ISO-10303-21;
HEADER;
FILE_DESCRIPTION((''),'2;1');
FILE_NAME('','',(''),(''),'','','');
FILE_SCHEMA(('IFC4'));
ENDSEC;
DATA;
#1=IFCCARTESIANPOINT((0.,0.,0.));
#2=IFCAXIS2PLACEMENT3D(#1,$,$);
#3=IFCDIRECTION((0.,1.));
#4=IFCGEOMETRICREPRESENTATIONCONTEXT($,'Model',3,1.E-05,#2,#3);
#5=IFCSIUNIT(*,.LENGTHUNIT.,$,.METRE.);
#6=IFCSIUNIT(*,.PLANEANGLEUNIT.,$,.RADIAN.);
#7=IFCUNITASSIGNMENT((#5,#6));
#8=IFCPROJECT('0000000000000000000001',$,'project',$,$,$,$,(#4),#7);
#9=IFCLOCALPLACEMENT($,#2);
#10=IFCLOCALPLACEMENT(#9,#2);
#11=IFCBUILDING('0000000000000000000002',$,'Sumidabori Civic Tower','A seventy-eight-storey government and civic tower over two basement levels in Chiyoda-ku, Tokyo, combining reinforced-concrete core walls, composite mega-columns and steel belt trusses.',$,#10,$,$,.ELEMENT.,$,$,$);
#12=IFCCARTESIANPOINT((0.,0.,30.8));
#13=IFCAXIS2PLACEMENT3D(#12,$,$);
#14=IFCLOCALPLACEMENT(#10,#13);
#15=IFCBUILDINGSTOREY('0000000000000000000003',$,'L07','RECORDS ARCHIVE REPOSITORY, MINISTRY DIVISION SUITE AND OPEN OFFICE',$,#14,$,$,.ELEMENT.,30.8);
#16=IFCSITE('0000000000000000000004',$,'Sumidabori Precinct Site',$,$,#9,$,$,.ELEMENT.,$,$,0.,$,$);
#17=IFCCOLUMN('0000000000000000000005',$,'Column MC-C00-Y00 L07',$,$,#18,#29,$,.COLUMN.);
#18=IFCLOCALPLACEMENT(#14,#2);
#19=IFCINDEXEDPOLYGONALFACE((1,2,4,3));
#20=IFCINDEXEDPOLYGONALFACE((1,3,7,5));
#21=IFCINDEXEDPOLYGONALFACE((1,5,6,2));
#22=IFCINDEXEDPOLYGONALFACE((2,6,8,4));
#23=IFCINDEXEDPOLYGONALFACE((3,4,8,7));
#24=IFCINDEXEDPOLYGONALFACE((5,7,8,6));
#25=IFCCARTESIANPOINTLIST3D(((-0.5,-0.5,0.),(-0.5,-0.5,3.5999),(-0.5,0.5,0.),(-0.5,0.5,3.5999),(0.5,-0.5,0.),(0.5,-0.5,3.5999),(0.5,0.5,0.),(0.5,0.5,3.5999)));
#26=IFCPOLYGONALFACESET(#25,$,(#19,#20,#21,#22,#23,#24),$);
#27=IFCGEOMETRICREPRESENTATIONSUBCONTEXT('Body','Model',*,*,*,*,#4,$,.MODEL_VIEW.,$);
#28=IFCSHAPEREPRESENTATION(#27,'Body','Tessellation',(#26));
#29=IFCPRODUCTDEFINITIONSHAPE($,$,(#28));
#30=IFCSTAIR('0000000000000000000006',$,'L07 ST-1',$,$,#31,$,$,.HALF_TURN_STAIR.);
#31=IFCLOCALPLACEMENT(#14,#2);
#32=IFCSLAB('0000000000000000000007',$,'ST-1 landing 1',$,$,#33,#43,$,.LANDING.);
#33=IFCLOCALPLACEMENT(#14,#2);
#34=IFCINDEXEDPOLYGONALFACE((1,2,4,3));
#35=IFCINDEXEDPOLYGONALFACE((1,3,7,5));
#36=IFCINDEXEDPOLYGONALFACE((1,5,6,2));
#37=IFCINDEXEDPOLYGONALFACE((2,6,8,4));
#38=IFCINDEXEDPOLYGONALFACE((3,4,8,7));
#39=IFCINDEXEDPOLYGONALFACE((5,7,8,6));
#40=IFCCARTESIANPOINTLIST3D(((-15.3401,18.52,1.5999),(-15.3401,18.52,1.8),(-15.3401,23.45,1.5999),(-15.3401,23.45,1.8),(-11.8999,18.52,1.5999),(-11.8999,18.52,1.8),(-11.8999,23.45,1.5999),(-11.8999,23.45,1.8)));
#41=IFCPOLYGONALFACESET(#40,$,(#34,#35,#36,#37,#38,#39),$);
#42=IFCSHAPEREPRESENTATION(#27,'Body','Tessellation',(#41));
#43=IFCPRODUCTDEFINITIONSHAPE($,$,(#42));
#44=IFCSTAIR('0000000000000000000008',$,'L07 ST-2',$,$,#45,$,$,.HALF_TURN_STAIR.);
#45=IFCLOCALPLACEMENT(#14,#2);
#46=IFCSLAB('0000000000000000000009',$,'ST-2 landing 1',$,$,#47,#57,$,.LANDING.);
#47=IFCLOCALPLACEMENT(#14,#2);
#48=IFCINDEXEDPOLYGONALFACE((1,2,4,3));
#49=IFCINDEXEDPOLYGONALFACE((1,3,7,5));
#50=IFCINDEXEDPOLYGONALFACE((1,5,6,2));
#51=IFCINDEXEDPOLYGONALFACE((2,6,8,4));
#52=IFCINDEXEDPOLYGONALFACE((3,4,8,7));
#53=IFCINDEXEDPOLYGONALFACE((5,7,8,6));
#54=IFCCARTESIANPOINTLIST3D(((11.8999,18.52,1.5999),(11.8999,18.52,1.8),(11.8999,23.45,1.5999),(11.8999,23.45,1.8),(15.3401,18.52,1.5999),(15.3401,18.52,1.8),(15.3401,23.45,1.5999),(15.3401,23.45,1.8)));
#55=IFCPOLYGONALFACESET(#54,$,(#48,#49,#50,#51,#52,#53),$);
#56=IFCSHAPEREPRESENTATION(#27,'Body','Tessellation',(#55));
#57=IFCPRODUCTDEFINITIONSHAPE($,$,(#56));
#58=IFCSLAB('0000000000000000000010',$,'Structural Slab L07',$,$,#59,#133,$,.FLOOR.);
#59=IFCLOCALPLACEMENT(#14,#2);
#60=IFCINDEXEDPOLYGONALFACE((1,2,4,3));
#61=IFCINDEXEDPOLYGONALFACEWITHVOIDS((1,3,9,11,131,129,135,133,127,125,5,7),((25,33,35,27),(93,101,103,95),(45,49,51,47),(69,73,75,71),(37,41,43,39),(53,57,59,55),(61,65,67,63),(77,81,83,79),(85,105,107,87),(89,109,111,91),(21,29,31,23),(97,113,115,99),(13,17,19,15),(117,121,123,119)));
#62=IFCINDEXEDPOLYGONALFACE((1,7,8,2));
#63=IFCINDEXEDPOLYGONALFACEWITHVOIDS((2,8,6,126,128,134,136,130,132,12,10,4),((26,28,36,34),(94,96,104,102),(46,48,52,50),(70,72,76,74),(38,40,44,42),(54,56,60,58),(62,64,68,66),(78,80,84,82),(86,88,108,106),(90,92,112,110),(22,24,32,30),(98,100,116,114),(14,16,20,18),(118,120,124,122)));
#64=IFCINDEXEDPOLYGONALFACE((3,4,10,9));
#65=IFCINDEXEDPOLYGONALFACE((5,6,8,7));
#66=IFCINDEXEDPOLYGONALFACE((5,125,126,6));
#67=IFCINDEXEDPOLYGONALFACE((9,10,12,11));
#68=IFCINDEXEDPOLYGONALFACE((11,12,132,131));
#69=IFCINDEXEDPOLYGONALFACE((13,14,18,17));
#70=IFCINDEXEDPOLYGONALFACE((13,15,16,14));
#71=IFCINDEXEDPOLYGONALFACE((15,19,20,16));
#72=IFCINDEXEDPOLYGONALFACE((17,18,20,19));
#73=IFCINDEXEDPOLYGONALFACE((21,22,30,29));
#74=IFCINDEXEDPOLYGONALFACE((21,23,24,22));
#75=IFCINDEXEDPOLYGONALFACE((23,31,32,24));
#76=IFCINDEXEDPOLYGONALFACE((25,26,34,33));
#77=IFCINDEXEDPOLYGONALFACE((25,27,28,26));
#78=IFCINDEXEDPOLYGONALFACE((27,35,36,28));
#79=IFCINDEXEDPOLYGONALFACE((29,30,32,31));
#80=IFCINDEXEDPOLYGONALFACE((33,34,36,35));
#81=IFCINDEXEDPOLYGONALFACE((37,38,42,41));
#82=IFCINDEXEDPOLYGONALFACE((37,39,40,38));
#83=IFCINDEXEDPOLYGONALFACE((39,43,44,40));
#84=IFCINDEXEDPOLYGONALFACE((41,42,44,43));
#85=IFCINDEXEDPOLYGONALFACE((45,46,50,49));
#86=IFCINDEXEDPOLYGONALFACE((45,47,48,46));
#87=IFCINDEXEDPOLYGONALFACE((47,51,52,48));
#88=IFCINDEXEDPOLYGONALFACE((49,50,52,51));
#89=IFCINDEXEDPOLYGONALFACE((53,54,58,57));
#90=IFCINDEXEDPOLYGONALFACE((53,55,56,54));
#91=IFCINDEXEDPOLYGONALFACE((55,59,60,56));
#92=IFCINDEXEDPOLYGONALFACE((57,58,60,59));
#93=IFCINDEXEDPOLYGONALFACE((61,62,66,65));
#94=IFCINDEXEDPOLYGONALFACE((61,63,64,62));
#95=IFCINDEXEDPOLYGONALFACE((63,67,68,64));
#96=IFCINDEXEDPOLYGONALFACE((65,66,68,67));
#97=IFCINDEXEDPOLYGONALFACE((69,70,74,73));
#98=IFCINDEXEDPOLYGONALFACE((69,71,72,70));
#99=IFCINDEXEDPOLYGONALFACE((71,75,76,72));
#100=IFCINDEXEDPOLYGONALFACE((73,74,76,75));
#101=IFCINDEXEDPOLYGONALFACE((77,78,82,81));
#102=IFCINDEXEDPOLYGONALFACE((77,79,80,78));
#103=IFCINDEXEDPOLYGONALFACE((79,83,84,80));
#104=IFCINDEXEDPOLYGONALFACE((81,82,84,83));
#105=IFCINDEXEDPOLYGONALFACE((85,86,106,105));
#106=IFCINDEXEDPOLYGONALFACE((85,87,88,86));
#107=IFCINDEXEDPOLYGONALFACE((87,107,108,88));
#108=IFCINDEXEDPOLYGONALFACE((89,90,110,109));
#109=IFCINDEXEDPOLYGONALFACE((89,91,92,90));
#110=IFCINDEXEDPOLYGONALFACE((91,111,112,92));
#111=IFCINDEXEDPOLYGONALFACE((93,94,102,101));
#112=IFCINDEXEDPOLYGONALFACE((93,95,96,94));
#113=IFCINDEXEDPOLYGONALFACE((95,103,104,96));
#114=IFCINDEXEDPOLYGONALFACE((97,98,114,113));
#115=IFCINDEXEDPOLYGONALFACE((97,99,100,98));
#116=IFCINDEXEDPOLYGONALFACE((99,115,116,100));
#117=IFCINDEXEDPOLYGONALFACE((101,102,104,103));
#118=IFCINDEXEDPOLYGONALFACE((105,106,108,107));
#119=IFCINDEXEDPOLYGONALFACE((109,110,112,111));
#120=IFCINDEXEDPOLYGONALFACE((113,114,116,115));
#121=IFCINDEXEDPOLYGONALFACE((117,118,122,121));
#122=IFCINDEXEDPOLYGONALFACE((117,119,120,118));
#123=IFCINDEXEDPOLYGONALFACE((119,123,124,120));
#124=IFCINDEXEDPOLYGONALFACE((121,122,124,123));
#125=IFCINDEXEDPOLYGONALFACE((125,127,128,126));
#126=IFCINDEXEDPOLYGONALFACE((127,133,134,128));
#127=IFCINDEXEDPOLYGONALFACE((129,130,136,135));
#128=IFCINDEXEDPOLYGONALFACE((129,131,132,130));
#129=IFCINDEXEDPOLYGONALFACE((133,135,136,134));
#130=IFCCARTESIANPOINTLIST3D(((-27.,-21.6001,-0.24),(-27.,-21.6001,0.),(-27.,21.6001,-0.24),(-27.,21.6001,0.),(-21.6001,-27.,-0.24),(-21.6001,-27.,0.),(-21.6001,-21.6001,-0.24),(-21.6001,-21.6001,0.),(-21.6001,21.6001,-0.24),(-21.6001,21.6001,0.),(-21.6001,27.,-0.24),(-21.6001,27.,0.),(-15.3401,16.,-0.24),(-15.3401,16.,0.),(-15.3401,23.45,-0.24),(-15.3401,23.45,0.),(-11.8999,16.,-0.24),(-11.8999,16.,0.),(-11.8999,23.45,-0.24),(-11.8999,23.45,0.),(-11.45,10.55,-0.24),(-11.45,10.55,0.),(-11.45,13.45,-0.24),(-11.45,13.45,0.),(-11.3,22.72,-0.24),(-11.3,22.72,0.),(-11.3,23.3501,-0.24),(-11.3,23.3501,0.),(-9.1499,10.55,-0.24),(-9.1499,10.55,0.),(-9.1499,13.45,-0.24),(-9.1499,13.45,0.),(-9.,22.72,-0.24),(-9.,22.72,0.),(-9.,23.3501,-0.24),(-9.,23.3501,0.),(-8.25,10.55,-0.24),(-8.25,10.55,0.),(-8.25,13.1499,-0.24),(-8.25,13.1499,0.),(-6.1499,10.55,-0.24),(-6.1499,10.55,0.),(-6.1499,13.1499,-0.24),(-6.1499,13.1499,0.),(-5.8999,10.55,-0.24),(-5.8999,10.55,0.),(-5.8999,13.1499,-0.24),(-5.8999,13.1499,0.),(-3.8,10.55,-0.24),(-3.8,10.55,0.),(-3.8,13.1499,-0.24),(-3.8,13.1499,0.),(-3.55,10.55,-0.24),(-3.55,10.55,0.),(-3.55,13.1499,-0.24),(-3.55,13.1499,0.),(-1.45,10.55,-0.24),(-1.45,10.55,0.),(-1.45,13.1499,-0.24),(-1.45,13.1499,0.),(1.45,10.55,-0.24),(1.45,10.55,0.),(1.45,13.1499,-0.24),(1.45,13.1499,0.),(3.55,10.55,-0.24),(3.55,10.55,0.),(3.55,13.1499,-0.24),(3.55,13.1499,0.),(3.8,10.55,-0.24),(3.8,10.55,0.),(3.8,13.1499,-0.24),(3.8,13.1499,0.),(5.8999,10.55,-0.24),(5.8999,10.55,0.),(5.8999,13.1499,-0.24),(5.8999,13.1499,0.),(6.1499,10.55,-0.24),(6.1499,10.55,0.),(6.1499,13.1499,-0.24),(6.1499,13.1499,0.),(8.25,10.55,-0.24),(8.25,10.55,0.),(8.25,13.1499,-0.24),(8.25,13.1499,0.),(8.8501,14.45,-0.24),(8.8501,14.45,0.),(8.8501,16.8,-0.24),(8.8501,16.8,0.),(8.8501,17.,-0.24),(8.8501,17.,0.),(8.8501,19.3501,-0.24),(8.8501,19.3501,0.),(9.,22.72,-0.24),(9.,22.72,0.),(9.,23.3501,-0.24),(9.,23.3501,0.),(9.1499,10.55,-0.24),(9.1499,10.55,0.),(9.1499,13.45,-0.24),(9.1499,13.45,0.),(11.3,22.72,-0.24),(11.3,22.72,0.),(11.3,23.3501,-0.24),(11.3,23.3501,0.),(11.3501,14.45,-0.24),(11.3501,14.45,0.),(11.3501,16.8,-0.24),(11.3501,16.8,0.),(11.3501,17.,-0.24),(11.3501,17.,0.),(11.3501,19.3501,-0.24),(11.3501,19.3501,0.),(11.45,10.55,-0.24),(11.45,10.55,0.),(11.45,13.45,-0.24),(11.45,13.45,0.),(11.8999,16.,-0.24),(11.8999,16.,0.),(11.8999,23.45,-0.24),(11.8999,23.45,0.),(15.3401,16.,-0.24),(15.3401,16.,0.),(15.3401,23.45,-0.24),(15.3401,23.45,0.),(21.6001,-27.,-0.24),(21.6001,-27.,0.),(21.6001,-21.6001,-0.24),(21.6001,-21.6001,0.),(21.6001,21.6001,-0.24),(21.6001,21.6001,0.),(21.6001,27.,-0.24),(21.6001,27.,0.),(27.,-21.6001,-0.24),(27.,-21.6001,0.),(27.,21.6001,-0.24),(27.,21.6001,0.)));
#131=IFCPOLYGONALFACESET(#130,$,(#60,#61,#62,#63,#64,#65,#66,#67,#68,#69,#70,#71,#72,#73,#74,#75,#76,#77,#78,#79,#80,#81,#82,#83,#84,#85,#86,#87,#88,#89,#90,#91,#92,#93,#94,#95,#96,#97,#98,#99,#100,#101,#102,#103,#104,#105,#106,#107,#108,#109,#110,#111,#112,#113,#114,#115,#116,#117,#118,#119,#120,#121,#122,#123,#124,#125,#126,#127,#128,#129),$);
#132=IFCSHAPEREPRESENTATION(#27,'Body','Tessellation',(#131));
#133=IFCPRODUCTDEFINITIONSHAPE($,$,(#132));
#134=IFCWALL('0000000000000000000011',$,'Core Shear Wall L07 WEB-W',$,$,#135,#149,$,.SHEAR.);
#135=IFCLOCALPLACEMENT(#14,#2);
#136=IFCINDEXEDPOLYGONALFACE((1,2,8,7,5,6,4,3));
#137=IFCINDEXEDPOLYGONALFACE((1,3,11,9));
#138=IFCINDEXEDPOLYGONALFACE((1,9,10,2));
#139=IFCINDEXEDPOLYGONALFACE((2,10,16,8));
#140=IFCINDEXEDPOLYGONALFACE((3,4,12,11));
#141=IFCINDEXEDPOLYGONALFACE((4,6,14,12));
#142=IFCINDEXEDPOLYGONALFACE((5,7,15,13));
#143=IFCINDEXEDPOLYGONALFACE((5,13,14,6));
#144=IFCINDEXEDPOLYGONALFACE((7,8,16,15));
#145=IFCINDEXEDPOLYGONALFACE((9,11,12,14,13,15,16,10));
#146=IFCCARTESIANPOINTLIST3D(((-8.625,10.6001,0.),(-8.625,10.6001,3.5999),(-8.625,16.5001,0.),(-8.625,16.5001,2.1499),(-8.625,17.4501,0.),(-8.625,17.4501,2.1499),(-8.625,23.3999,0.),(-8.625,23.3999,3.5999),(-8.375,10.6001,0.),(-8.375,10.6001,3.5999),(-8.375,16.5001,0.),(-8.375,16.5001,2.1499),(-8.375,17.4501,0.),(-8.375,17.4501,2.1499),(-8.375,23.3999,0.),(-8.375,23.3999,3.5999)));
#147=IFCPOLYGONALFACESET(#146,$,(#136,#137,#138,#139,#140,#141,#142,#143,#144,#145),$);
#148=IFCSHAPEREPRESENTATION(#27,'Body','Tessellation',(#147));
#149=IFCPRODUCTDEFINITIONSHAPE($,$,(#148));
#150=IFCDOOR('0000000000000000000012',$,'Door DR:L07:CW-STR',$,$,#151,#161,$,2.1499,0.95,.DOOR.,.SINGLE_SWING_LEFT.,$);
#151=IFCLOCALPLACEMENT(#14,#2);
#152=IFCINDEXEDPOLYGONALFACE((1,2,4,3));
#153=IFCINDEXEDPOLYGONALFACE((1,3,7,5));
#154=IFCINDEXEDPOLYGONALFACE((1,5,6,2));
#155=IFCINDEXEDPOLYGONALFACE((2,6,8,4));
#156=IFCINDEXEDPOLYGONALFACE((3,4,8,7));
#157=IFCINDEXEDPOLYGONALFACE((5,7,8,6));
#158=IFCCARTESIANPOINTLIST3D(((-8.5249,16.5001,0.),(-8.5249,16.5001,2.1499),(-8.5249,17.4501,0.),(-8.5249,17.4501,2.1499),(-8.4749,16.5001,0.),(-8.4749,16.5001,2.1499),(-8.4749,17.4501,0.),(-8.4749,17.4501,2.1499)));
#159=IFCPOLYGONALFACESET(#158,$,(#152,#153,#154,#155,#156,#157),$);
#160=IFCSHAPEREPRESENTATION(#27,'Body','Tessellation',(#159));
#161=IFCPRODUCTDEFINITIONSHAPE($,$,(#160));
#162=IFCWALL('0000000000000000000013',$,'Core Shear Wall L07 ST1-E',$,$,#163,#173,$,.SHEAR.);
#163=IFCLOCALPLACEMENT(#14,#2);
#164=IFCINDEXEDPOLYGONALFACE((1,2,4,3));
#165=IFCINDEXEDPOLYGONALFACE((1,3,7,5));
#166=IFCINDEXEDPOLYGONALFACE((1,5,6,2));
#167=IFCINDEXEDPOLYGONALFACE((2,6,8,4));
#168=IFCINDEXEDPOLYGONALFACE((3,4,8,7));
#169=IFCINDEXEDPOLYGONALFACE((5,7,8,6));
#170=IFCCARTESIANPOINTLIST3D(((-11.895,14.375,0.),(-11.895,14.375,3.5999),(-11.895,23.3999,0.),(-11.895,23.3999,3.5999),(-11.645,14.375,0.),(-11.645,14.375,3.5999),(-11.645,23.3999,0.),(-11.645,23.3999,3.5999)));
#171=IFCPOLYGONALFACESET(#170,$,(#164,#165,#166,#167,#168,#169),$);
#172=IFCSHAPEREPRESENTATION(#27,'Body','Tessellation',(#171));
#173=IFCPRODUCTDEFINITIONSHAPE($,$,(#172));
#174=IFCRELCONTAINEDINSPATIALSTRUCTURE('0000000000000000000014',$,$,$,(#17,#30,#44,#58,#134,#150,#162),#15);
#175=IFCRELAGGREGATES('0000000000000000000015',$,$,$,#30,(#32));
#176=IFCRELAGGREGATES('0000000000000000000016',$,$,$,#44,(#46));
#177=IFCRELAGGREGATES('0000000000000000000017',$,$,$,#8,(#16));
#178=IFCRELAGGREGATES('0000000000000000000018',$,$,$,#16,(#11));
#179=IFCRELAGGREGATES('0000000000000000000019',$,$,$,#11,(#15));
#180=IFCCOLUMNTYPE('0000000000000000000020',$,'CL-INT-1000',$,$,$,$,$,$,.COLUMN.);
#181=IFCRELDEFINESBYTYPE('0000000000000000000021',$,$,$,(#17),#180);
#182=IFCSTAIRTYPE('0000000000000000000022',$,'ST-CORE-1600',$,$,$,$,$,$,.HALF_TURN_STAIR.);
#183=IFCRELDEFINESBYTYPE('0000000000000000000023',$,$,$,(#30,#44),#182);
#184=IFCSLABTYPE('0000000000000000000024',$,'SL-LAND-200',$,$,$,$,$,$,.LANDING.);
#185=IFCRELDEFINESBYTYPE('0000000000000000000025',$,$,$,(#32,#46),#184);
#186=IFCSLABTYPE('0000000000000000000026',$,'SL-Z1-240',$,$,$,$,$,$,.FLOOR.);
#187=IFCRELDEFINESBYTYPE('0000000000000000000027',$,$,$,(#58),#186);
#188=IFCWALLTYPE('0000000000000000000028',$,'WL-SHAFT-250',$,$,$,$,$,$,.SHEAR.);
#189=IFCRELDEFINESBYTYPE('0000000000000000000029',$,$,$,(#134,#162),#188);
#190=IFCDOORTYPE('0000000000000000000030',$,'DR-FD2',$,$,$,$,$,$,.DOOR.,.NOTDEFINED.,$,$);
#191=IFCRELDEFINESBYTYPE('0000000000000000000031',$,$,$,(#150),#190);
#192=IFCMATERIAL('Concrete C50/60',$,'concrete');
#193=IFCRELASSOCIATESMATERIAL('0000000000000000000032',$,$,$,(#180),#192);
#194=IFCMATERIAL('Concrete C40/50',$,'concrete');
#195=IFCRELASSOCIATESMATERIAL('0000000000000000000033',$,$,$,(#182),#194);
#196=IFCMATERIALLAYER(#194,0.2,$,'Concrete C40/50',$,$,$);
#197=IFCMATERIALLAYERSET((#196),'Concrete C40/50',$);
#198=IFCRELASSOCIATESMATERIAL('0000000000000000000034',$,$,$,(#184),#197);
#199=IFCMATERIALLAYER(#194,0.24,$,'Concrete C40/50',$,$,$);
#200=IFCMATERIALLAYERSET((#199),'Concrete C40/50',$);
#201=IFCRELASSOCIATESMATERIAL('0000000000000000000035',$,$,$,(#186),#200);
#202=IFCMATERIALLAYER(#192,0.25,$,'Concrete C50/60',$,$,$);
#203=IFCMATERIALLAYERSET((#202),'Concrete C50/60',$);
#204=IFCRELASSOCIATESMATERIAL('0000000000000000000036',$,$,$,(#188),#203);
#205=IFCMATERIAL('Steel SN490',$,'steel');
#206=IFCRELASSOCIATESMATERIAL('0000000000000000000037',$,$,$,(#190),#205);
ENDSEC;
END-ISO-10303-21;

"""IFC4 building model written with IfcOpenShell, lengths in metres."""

from ifc_helpers import new_model, si_unit, direction, frame, frame_2d, origin, origin_with_axes, origin_2d, place, context, subcontext, project, spatial, polyline, rectangle, outline, extrude, source, transform, mapped, material, layer, layer_set, material_profile, profile_set, type_object, element, fill, aggregate, save


model = new_model("IFC4")

# Units and contexts
model_context = context("Model", 3, precision=1e-05, world=origin(), true_north=direction((0.0, 1.0)))
body_context = subcontext(model_context, "Body", "Model", "MODEL_VIEW")
ifc_project = project(units=[si_unit("LENGTHUNIT", "METRE"), si_unit("PLANEANGLEUNIT", "RADIAN")], contexts=[model_context])

# Site, building, storey
site_placement = place(None, origin())
site = spatial("IfcSite", under=ifc_project, at=site_placement, Name="Sumidabori Precinct Site", CompositionType="ELEMENT", RefElevation=0.0)
building_placement = place(site_placement, origin())
building = spatial("IfcBuilding", under=site, at=building_placement, Name="Sumidabori Civic Tower", Description="A seventy-eight-storey government and civic tower over two basement levels in Chiyoda-ku, Tokyo, combining reinforced-concrete core walls, composite mega-columns and steel belt trusses.", CompositionType="ELEMENT")
storey_placement = place(building_placement, frame((0.0, 0.0, 30.8)))
storey = spatial("IfcBuildingStorey", under=building, at=storey_placement, Name="L07", Description="RECORDS ARCHIVE REPOSITORY, MINISTRY DIVISION SUITE AND OPEN OFFICE", CompositionType="ELEMENT", Elevation=30.8)

# Column
ifc_material_1 = material(Name="Concrete C50/60", Category="concrete")
ifc_material_profile = material_profile(ifc_material_1, rectangle(XDim=1.0, YDim=1.0, at=origin_2d()), Name="RC 1000x1000")
ifc_profile_set = profile_set([ifc_material_profile], Name="Concrete C50/60")
column_type = type_object("IfcColumnType", Name="CL-INT-1000", PredefinedType="COLUMN", material=ifc_profile_set)
shared_shape_1 = source(origin(), body_context, "Body", "SweptSolid", [
    extrude(rectangle(XDim=1.0, YDim=1.0, at=origin_2d()), origin(), (0.0, 0.0, 1.0), 3.5999),
])
column_placement = place(storey_placement, origin_with_axes())
element("IfcColumn", 1, at=column_placement, inside=storey, type_object=column_type, Name="Column MC-C00-Y00 L07", PredefinedType="COLUMN", context=body_context, shape_type="MappedRepresentation", body=[
    mapped(shared_shape_1, transform((0.0, 0.0, 0.0), x_axis=(1.0, 0.0, 0.0), y_axis=(0.0, 1.0, 0.0), z_axis=(0.0, 0.0, 1.0), scale=1.0)),
])

# Stairs, slabs
ifc_material_2 = material(Name="Concrete C40/50", Category="concrete")
stair_type = type_object("IfcStairType", Name="ST-CORE-1600", PredefinedType="HALF_TURN_STAIR", material=ifc_material_2)
stair_1_placement = place(storey_placement, origin())
stair_1 = element("IfcStair", 2, at=stair_1_placement, inside=storey, type_object=stair_type, Name="L07 ST-1", PredefinedType="HALF_TURN_STAIR")
ifc_layer_1 = layer(ifc_material_2, 0.2, Name="Concrete C40/50")
ifc_layer_set_1 = layer_set([ifc_layer_1], Name="Concrete C40/50")
slab_type_1 = type_object("IfcSlabType", Name="SL-LAND-200", PredefinedType="LANDING", material=ifc_layer_set_1)
slab_1_placement = place(storey_placement, frame((0.0, 0.0, 1.5999)))
slab_1 = element("IfcSlab", 3, at=slab_1_placement, type_object=slab_type_1, Name="ST-1 landing 1", PredefinedType="LANDING", context=body_context, shape_type="SweptSolid", body=[
    extrude(outline(polyline([(-11.8999, 18.52), (-11.8999, 23.45), (-15.3401, 23.45), (-15.3401, 18.52), (-11.8999, 18.52)])), origin(), (0.0, 0.0, 1.0), 0.2002),
])
aggregate(stair_1, [slab_1])
stair_2_placement = place(storey_placement, origin())
stair_2 = element("IfcStair", 4, at=stair_2_placement, inside=storey, type_object=stair_type, Name="L07 ST-2", PredefinedType="HALF_TURN_STAIR")
slab_2_placement = place(storey_placement, frame((0.0, 0.0, 1.5999)))
slab_2 = element("IfcSlab", 5, at=slab_2_placement, type_object=slab_type_1, Name="ST-2 landing 1", PredefinedType="LANDING", context=body_context, shape_type="SweptSolid", body=[
    extrude(outline(polyline([(15.3401, 18.52), (15.3401, 23.45), (11.8999, 23.45), (11.8999, 18.52), (15.3401, 18.52)])), origin(), (0.0, 0.0, 1.0), 0.2002),
])
aggregate(stair_2, [slab_2])

# Slab
ifc_layer_2 = layer(ifc_material_2, 0.24, Name="Concrete C40/50")
ifc_layer_set_2 = layer_set([ifc_layer_2], Name="Concrete C40/50")
slab_type_2 = type_object("IfcSlabType", Name="SL-Z1-240", PredefinedType="FLOOR", material=ifc_layer_set_2)
slab_3_placement = place(storey_placement, frame((0.0, 0.0, -0.24)))
element("IfcSlab", 6, at=slab_3_placement, inside=storey, type_object=slab_type_2, Name="Structural Slab L07", PredefinedType="FLOOR", context=body_context, shape_type="SweptSolid", body=[
    extrude(outline(polyline([(-21.6001, -27.0), (21.6001, -27.0), (21.6001, -21.6001), (27.0, -21.6001), (27.0, 21.6001), (21.6001, 21.6001), (21.6001, 27.0), (-21.6001, 27.0), (-21.6001, 21.6001), (-27.0, 21.6001), (-27.0, -21.6001), (-21.6001, -21.6001), (-21.6001, -27.0)]), holes=[polyline([(-11.8999, 16.0), (-11.8999, 23.45), (-15.3401, 23.45), (-15.3401, 16.0), (-11.8999, 16.0)]), polyline([(15.3401, 16.0), (15.3401, 23.45), (11.8999, 23.45), (11.8999, 16.0), (15.3401, 16.0)]), polyline([(-11.45, 10.55), (-9.1499, 10.55), (-9.1499, 13.45), (-11.45, 13.45), (-11.45, 10.55)]), polyline([(9.1499, 10.55), (11.45, 10.55), (11.45, 13.45), (9.1499, 13.45), (9.1499, 10.55)]), polyline([(-8.25, 10.55), (-6.1499, 10.55), (-6.1499, 13.1499), (-8.25, 13.1499), (-8.25, 10.55)]), polyline([(-5.8999, 10.55), (-3.8, 10.55), (-3.8, 13.1499), (-5.8999, 13.1499), (-5.8999, 10.55)]), polyline([(-3.55, 10.55), (-1.45, 10.55), (-1.45, 13.1499), (-3.55, 13.1499), (-3.55, 10.55)]), polyline([(1.45, 10.55), (3.55, 10.55), (3.55, 13.1499), (1.45, 13.1499), (1.45, 10.55)]), polyline([(3.8, 10.55), (5.8999, 10.55), (5.8999, 13.1499), (3.8, 13.1499), (3.8, 10.55)]), polyline([(6.1499, 10.55), (8.25, 10.55), (8.25, 13.1499), (6.1499, 13.1499), (6.1499, 10.55)]), polyline([(8.8501, 14.45), (11.3501, 14.45), (11.3501, 16.8), (8.8501, 16.8), (8.8501, 14.45)]), polyline([(8.8501, 17.0), (11.3501, 17.0), (11.3501, 19.3501), (8.8501, 19.3501), (8.8501, 17.0)]), polyline([(-11.3, 22.72), (-9.0, 22.72), (-9.0, 23.3501), (-11.3, 23.3501), (-11.3, 22.72)]), polyline([(9.0, 22.72), (11.3, 22.72), (11.3, 23.3501), (9.0, 23.3501), (9.0, 22.72)])]), origin(), (0.0, 0.0, 1.0), 0.24),
])

# Wall, opening, door
ifc_layer_3 = layer(ifc_material_1, 0.25, Name="Concrete C50/60")
ifc_layer_set_3 = layer_set([ifc_layer_3], Name="Concrete C50/60")
wall_type_1 = type_object("IfcWallType", Name="WL-SHAFT-250", PredefinedType="SHEAR", material=ifc_layer_set_3)
shared_shape_2 = source(origin(), body_context, "Body", "SweptSolid", [
    extrude(rectangle(XDim=12.7998, YDim=0.25, at=frame_2d((6.3999, 0.0))), origin(), (0.0, 0.0, 1.0), 3.5999),
])
wall_1_placement = place(storey_placement, frame((-8.5, 10.6001, 0.0), z_axis=(0.0, 0.0, 1.0), x_axis=(0.0, 1.0, 0.0)))
wall_1 = element("IfcWall", 7, at=wall_1_placement, inside=storey, type_object=wall_type_1, Name="Core Shear Wall L07 WEB-W", PredefinedType="SHEAR", context=body_context, shape_type="MappedRepresentation", body=[
    mapped(shared_shape_2, transform((0.0, 0.0, 0.0), x_axis=(1.0, 0.0, 0.0), y_axis=(0.0, 1.0, 0.0), z_axis=(0.0, 0.0, 1.0), scale=1.0)),
])
opening_1_placement = place(wall_1_placement, frame((5.8999, 0.0, 0.0)))
opening_1 = element("IfcOpeningElement", 8, at=opening_1_placement, cuts=wall_1, PredefinedType="OPENING", context=body_context, shape_type="SweptSolid", body=[
    extrude(rectangle(XDim=0.95, YDim=2.1499, at=frame_2d((0.4751, 1.075))), frame((0.0, 0.137, 0.0), z_axis=(0.0, -1.0, 0.0), x_axis=(1.0, 0.0, 0.0)), (0.0, 0.0, 1.0), 0.2739),
])
ifc_material_3 = material(Name="Steel SN490", Category="steel")
door_type_1 = type_object("IfcDoorType", Name="DR-FD2", OperationType="NOTDEFINED", PredefinedType="DOOR", material=ifc_material_3)
shared_shape_3 = source(origin(), body_context, "Body", "SweptSolid", [
    extrude(rectangle(XDim=0.95, YDim=2.1499, at=frame_2d((0.4751, 1.075))), frame((0.0, 0.0249, 0.0), z_axis=(0.0, -1.0, 0.0), x_axis=(1.0, 0.0, 0.0)), (0.0, 0.0, 1.0), 0.05),
])
door_1_placement = place(opening_1_placement, origin())
door_1 = element("IfcDoor", 9, at=door_1_placement, inside=storey, type_object=door_type_1, Name="Door DR:L07:CW-STR", OperationType="SINGLE_SWING_LEFT", OverallHeight=2.1499, OverallWidth=0.95, PredefinedType="DOOR", context=body_context, shape_type="MappedRepresentation", body=[
    mapped(shared_shape_3, transform((0.0, 0.0, 0.0), x_axis=(1.0, 0.0, 0.0), y_axis=(0.0, 1.0, 0.0), z_axis=(0.0, 0.0, 1.0), scale=1.0)),
])
fill(opening_1, door_1)

# Wall
shared_shape_4 = source(origin(), body_context, "Body", "SweptSolid", [
    extrude(rectangle(XDim=9.0249, YDim=0.25, at=frame_2d((4.5125, 0.0))), origin(), (0.0, 0.0, 1.0), 3.5999),
])
wall_2_placement = place(storey_placement, frame((-11.77, 14.375, 0.0), z_axis=(0.0, 0.0, 1.0), x_axis=(0.0, 1.0, 0.0)))
element("IfcWall", 10, at=wall_2_placement, inside=storey, type_object=wall_type_1, Name="Core Shear Wall L07 ST1-E", PredefinedType="SHEAR", context=body_context, shape_type="MappedRepresentation", body=[
    mapped(shared_shape_4, transform((0.0, 0.0, 0.0), x_axis=(1.0, 0.0, 0.0), y_axis=(0.0, 1.0, 0.0), z_axis=(0.0, 0.0, 1.0), scale=1.0)),
])

save(model, "model.ifc")
